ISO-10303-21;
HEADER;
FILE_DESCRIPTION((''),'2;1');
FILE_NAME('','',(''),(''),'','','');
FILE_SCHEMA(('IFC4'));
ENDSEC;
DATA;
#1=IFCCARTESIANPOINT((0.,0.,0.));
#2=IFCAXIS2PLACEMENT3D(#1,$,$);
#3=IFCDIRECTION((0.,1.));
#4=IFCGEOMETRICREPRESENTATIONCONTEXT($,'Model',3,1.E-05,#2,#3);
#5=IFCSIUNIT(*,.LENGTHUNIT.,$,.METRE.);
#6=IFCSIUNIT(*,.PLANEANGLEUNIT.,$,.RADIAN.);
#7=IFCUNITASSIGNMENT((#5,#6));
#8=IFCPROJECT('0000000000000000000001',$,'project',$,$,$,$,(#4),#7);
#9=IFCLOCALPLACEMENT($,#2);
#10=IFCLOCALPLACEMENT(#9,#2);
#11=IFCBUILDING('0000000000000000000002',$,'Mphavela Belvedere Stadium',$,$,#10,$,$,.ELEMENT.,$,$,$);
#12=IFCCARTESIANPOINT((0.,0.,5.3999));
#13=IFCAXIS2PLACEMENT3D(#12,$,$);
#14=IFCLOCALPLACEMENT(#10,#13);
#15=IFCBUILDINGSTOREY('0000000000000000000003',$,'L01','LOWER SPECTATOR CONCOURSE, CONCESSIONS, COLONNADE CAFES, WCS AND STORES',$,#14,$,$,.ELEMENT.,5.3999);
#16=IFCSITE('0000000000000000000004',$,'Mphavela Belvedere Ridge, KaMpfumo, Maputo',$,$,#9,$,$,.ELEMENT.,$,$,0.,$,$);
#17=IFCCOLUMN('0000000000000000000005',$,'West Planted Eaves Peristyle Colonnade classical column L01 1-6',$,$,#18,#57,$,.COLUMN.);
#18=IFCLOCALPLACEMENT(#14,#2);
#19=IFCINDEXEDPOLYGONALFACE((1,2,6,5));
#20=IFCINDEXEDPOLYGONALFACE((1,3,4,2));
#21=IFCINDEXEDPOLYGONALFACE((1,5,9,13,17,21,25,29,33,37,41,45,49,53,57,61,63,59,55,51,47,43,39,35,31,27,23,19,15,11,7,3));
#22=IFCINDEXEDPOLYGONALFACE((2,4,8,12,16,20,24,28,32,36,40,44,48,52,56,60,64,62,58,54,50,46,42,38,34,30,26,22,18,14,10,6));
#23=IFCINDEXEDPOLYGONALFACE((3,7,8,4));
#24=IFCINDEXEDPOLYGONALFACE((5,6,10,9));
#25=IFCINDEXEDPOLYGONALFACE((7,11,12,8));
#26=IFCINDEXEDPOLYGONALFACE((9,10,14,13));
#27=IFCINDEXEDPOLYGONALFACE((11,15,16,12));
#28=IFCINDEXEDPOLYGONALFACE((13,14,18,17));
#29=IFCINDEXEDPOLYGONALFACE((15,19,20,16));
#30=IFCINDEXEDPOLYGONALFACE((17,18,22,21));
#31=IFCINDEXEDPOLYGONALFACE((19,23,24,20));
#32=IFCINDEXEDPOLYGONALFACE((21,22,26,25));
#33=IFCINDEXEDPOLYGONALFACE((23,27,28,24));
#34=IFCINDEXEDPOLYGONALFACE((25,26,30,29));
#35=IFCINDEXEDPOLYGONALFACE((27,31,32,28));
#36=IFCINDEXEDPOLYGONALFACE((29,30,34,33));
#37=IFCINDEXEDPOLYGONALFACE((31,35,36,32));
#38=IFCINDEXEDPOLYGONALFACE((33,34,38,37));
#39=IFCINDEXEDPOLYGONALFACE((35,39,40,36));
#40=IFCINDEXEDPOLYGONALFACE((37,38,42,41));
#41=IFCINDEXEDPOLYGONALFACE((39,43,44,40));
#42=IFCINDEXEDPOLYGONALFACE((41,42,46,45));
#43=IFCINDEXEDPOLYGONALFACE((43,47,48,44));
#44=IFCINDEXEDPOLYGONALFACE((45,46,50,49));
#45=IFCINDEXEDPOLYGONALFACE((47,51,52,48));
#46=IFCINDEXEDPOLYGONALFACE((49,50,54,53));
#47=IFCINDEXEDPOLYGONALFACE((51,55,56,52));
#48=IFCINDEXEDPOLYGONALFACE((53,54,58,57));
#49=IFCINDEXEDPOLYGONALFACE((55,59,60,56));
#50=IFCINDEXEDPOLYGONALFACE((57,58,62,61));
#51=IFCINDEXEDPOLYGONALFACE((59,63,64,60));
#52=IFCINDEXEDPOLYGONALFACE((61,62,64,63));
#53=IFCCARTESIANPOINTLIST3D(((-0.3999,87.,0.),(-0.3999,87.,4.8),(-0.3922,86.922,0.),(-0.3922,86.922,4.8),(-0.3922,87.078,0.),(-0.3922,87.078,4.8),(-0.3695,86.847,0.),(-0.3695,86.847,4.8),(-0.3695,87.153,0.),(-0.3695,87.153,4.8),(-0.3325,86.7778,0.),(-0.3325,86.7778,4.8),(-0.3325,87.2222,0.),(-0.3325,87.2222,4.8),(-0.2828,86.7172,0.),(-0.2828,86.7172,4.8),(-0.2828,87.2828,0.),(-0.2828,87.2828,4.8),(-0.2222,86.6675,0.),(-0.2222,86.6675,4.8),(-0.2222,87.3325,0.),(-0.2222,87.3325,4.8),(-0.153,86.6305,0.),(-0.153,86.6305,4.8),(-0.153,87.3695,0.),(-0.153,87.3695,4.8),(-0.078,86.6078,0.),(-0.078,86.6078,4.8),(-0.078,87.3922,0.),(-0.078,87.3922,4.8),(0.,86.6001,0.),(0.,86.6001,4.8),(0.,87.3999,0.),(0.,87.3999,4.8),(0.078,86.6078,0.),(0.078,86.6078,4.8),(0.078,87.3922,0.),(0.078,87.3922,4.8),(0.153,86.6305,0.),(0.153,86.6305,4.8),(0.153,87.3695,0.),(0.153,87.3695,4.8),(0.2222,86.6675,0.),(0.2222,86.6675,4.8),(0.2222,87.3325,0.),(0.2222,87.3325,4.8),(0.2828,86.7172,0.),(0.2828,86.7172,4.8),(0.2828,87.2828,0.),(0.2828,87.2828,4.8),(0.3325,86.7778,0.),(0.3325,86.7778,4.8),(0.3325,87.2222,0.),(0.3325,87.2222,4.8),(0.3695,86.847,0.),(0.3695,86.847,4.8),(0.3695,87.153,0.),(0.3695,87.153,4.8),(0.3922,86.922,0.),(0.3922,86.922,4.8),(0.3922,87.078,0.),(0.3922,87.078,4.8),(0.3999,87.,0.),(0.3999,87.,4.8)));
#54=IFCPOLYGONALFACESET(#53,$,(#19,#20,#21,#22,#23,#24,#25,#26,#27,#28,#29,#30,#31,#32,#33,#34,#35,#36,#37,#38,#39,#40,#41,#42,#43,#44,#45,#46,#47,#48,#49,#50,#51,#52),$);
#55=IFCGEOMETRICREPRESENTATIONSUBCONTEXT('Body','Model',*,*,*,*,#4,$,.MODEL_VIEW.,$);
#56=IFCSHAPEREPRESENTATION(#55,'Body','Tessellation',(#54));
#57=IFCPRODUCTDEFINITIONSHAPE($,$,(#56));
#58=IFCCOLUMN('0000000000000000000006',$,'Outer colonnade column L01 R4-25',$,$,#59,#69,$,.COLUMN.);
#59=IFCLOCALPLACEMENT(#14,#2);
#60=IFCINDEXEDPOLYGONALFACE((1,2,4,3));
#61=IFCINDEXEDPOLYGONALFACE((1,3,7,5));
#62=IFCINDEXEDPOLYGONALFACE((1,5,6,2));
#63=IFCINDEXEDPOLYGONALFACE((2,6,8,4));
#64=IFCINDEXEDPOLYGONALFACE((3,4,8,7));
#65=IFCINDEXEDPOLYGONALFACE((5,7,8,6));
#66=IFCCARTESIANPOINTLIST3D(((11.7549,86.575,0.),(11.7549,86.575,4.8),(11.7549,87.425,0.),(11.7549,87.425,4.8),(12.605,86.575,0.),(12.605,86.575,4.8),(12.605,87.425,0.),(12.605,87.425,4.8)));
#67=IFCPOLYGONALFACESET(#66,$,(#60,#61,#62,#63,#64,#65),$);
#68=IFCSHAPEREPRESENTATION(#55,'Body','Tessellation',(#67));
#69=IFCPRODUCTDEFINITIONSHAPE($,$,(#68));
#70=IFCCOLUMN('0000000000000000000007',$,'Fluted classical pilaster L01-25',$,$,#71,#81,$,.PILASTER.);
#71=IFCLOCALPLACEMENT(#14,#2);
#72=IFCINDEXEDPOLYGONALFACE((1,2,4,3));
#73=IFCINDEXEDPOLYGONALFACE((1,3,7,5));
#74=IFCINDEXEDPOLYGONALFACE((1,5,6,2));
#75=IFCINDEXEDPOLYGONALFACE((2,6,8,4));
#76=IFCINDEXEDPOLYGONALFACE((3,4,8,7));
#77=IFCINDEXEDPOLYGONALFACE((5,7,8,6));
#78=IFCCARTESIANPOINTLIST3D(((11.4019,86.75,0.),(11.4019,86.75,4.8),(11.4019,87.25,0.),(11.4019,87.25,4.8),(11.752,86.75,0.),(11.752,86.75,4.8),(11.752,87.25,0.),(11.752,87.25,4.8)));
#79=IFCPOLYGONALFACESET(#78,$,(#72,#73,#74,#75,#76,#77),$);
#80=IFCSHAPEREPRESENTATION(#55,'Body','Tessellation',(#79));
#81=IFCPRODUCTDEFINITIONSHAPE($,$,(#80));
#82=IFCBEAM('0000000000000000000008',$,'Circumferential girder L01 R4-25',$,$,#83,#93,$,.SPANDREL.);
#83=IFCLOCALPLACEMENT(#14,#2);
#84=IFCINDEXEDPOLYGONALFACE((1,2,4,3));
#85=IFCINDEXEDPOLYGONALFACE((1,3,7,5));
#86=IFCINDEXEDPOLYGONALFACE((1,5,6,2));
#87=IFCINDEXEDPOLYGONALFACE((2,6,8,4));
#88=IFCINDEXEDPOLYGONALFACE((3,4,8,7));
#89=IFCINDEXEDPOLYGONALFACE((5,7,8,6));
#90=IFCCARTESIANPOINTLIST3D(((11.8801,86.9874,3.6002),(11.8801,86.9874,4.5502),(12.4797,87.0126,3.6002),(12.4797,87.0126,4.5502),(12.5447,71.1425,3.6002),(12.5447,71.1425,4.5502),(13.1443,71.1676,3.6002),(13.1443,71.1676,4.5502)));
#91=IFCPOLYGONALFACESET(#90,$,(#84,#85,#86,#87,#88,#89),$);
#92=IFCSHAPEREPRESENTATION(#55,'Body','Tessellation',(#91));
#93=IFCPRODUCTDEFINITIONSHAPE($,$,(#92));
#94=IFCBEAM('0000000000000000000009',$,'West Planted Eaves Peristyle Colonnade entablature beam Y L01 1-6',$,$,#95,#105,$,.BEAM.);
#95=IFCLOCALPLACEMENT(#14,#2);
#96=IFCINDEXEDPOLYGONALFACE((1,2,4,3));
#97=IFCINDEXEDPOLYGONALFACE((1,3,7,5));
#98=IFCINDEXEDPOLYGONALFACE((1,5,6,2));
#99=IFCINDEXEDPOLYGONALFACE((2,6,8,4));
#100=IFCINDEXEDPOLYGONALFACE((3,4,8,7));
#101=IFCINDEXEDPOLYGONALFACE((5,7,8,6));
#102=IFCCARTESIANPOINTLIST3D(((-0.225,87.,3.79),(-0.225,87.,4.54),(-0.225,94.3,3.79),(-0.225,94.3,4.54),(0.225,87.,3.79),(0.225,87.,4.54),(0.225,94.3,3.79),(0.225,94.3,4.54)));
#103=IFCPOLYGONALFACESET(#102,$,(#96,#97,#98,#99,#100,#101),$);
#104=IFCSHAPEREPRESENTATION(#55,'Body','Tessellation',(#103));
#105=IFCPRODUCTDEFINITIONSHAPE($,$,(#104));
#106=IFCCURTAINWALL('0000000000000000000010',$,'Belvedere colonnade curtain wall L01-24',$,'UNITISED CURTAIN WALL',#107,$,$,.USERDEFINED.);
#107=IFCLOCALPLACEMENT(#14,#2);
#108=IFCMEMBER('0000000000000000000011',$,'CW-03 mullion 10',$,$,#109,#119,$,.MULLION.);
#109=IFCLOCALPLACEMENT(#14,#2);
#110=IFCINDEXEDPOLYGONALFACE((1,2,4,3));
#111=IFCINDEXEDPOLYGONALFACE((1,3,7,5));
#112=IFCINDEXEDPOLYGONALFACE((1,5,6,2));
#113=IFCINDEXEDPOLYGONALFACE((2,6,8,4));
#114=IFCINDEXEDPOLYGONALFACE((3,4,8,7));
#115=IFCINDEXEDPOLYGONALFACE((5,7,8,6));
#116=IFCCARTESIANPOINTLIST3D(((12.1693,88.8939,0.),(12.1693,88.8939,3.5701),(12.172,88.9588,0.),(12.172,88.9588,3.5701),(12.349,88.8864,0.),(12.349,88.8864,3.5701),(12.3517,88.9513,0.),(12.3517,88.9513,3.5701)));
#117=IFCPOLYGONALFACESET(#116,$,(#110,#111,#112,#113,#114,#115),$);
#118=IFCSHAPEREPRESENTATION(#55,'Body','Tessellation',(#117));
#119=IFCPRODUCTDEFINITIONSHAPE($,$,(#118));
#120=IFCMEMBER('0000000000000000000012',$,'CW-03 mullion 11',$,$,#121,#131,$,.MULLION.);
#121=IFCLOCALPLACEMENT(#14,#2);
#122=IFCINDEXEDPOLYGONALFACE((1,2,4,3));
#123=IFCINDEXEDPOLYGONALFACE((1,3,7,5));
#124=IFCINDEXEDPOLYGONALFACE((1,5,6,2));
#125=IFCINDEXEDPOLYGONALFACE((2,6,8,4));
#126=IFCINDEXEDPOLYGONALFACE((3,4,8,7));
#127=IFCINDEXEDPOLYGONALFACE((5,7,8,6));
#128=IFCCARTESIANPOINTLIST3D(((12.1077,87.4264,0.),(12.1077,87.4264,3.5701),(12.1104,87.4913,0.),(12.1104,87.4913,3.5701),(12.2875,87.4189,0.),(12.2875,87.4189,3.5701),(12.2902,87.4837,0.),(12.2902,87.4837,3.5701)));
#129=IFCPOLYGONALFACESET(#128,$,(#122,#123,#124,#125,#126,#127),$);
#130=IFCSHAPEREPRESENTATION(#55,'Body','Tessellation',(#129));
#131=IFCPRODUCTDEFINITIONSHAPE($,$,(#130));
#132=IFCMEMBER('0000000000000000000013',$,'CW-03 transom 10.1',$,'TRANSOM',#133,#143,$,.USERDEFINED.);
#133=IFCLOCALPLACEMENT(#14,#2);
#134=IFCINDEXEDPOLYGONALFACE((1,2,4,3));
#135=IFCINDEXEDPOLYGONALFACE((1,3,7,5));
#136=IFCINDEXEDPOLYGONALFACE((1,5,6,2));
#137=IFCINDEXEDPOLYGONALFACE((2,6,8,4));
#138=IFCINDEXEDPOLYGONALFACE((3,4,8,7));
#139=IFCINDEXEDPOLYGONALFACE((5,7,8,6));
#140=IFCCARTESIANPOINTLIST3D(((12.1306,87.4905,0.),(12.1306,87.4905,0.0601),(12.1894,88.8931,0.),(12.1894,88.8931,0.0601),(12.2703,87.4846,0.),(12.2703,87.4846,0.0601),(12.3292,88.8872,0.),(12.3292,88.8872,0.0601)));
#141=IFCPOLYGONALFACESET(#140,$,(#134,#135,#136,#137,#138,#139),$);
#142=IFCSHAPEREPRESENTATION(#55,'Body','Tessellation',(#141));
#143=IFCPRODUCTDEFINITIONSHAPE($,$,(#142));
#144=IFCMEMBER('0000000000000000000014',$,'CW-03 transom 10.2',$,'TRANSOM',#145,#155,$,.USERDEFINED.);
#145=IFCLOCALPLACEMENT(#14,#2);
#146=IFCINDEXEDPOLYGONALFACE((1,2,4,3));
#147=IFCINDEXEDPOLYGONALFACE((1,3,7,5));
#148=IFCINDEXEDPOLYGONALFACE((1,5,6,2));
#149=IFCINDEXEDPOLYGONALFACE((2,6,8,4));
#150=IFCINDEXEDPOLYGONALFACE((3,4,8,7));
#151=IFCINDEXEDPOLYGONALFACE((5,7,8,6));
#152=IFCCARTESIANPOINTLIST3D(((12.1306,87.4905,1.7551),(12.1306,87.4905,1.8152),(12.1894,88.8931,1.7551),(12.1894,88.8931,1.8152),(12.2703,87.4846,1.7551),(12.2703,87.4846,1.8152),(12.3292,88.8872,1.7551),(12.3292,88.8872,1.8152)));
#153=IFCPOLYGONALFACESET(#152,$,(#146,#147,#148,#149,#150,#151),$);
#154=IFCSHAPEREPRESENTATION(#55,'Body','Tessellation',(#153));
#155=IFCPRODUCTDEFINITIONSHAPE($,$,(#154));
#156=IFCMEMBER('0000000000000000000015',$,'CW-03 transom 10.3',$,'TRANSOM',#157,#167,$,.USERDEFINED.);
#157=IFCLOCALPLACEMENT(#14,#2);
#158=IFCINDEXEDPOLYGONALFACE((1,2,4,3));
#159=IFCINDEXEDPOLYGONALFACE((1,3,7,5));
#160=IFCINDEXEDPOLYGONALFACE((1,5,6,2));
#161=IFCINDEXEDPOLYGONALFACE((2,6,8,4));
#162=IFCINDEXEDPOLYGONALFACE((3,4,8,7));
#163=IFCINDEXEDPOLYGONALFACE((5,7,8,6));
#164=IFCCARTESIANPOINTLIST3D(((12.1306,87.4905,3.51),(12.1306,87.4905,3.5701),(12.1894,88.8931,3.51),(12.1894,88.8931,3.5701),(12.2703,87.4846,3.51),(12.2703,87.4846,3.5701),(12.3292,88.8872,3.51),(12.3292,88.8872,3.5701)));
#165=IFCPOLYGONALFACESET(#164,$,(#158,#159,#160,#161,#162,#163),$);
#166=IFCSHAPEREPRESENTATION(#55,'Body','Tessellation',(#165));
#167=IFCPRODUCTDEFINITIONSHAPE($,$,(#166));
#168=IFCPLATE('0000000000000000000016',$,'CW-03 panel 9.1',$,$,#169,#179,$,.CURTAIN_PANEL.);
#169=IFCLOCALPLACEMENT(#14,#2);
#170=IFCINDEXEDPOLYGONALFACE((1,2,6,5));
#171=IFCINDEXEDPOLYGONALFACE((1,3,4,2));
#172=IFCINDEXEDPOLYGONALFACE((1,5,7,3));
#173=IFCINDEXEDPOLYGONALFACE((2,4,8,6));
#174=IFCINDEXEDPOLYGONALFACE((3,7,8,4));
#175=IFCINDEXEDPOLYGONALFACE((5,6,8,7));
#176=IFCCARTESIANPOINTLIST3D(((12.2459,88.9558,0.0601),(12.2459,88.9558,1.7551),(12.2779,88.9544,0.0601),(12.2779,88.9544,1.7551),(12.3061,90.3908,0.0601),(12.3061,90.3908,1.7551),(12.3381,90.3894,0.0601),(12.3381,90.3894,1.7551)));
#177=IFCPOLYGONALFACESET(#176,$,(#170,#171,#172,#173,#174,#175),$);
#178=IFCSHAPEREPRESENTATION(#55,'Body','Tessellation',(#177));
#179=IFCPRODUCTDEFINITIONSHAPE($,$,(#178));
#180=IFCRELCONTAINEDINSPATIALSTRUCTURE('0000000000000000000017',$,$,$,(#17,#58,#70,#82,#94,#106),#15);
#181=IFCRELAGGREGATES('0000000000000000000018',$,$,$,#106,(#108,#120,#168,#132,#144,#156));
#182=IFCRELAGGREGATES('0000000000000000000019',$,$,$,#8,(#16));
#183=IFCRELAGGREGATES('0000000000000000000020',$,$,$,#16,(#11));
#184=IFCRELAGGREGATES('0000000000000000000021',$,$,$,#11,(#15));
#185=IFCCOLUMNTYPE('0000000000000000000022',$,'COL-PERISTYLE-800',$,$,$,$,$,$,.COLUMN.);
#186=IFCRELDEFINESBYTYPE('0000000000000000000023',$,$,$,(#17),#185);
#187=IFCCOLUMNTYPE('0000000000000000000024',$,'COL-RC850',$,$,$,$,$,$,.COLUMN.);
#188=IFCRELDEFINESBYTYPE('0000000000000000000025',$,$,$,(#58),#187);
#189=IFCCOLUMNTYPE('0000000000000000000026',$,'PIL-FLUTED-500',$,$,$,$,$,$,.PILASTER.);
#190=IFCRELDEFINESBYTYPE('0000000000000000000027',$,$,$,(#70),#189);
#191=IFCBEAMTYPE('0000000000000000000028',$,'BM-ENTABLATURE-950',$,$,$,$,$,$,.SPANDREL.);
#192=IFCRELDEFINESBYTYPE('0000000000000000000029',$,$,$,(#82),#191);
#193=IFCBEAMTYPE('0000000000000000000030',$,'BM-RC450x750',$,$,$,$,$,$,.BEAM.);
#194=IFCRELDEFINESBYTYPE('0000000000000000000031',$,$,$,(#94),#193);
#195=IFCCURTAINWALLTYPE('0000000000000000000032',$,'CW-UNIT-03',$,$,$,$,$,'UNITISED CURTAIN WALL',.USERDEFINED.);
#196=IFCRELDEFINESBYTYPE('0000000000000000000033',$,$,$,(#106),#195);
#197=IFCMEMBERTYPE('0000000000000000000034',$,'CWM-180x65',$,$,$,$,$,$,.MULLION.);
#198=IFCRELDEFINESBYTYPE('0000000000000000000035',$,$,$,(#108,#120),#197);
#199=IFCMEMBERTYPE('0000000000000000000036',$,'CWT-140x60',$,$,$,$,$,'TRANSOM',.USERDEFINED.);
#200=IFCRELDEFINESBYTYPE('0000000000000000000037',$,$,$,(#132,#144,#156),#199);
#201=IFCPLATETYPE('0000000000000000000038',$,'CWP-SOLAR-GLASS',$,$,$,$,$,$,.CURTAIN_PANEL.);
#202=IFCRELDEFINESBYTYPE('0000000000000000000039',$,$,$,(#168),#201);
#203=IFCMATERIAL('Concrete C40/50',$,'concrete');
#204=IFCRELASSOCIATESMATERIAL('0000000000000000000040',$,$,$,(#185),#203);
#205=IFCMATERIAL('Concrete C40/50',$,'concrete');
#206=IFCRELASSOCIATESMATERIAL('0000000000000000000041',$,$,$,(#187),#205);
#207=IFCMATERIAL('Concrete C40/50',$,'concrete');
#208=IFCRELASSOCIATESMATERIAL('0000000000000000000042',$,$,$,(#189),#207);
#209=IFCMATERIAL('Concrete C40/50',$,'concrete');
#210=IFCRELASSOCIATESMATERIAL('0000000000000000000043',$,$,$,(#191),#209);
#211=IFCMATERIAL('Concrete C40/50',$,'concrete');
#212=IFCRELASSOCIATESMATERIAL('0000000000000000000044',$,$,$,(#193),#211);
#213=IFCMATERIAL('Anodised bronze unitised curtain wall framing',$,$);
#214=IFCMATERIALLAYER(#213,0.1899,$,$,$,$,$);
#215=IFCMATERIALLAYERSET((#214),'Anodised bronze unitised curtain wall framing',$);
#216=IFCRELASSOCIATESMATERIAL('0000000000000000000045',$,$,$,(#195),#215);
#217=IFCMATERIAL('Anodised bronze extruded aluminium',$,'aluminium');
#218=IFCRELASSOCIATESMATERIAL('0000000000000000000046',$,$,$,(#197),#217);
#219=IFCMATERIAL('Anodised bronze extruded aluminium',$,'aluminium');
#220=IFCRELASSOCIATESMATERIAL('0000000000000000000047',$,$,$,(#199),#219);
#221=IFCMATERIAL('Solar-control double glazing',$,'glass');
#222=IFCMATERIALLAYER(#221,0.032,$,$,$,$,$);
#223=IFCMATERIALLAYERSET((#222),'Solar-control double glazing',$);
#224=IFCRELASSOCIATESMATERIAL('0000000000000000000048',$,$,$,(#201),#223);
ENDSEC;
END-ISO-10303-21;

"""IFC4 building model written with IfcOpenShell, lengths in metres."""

from ifc_helpers import new_model, si_unit, direction, frame, origin, origin_2d, place, context, subcontext, project, spatial, rectangle, circle, extrude, material, layer, layer_set, material_profile, profile_set, type_object, element, aggregate, save


model = new_model("IFC4")

# Units and contexts
model_context = context("Model", 3, precision=1e-05, world=origin(), true_north=direction((0.0, 1.0)))
body_context = subcontext(model_context, "Body", "Model", "MODEL_VIEW")
ifc_project = project(units=[si_unit("LENGTHUNIT", "METRE"), si_unit("PLANEANGLEUNIT", "RADIAN")], contexts=[model_context])

# Site, building, storey
site_placement = place(None, origin())
site = spatial("IfcSite", under=ifc_project, at=site_placement, Name="Mphavela Belvedere Ridge, KaMpfumo, Maputo", CompositionType="ELEMENT", RefElevation=0.0)
building_placement = place(site_placement, origin())
building = spatial("IfcBuilding", under=site, at=building_placement, Name="Mphavela Belvedere Stadium", CompositionType="ELEMENT")
storey_placement = place(building_placement, frame((0.0, 0.0, 5.3999)))
storey = spatial("IfcBuildingStorey", under=building, at=storey_placement, Name="L01", Description="LOWER SPECTATOR CONCOURSE, CONCESSIONS, COLONNADE CAFES, WCS AND STORES", CompositionType="ELEMENT", Elevation=5.3999)

# Columns
ifc_material_1 = material(Name="Concrete C40/50", Category="concrete")
ifc_material_profile_1 = material_profile(ifc_material_1, circle(Radius=0.3999, at=origin_2d()), Name="COL D800")
ifc_profile_set_1 = profile_set([ifc_material_profile_1], Name="Concrete C40/50")
column_type_1 = type_object("IfcColumnType", Name="COL-PERISTYLE-800", PredefinedType="COLUMN", material=ifc_profile_set_1)
column_1_placement = place(storey_placement, frame((0.0, 87.0, 0.0), z_axis=(0.0, 0.0, 1.0), x_axis=(1.0, 0.0, 0.0)))
element("IfcColumn", 1, at=column_1_placement, inside=storey, type_object=column_type_1, Name="West Planted Eaves Peristyle Colonnade classical column L01 1-6", PredefinedType="COLUMN", context=body_context, shape_type="SweptSolid", body=[
    extrude(circle(Radius=0.3999, at=origin_2d()), origin(), (0.0, 0.0, 1.0), 4.8),
])
ifc_material_2 = material(Name="Concrete C40/50", Category="concrete")
ifc_material_profile_2 = material_profile(ifc_material_2, rectangle(XDim=0.8501, YDim=0.8501, at=origin_2d()), Name="RC 850x850")
ifc_profile_set_2 = profile_set([ifc_material_profile_2], Name="Concrete C40/50")
column_type_2 = type_object("IfcColumnType", Name="COL-RC850", PredefinedType="COLUMN", material=ifc_profile_set_2)
column_2_placement = place(storey_placement, frame((12.1799, 87.0, 0.0), z_axis=(0.0, 0.0, 1.0), x_axis=(-1.0, 0.0, 0.0)))
element("IfcColumn", 2, at=column_2_placement, inside=storey, type_object=column_type_2, Name="Outer colonnade column L01 R4-25", PredefinedType="COLUMN", context=body_context, shape_type="SweptSolid", body=[
    extrude(rectangle(XDim=0.8501, YDim=0.8501, at=origin_2d()), origin(), (0.0, 0.0, 1.0), 4.8),
])
ifc_material_3 = material(Name="Concrete C40/50", Category="concrete")
ifc_material_profile_3 = material_profile(ifc_material_3, rectangle(XDim=0.5, YDim=0.3501, at=origin_2d()), Name="PIL 500x350")
ifc_profile_set_3 = profile_set([ifc_material_profile_3], Name="Concrete C40/50")
column_type_3 = type_object("IfcColumnType", Name="PIL-FLUTED-500", PredefinedType="PILASTER", material=ifc_profile_set_3)
column_3_placement = place(storey_placement, frame((11.5769, 87.0, 0.0), z_axis=(0.0, 0.0, 1.0), x_axis=(0.0, -1.0, 0.0)))
element("IfcColumn", 3, at=column_3_placement, inside=storey, type_object=column_type_3, Name="Fluted classical pilaster L01-25", PredefinedType="PILASTER", context=body_context, shape_type="SweptSolid", body=[
    extrude(rectangle(XDim=0.5, YDim=0.3501, at=origin_2d()), origin(), (0.0, 0.0, 1.0), 4.8),
])

# Beams
ifc_material_4 = material(Name="Concrete C40/50", Category="concrete")
ifc_material_profile_4 = material_profile(ifc_material_4, rectangle(XDim=0.6001, YDim=0.95, at=origin_2d()), Name="RC 600x950")
ifc_profile_set_4 = profile_set([ifc_material_profile_4], Name="Concrete C40/50")
beam_type_1 = type_object("IfcBeamType", Name="BM-ENTABLATURE-950", PredefinedType="SPANDREL", material=ifc_profile_set_4)
beam_1_placement = place(storey_placement, frame((12.1799, 87.0, 4.0752), z_axis=(0.041904, -0.999122, 0.0), x_axis=(0.999122, 0.041904, 0.0)))
element("IfcBeam", 4, at=beam_1_placement, inside=storey, type_object=beam_type_1, Name="Circumferential girder L01 R4-25", PredefinedType="SPANDREL", context=body_context, shape_type="SweptSolid", body=[
    extrude(rectangle(XDim=0.6001, YDim=0.95, at=origin_2d()), origin(), (0.0, 0.0, 1.0), 15.8589),
])
ifc_material_5 = material(Name="Concrete C40/50", Category="concrete")
ifc_material_profile_5 = material_profile(ifc_material_5, rectangle(XDim=0.45, YDim=0.75, at=origin_2d()), Name="RC 450x750")
ifc_profile_set_5 = profile_set([ifc_material_profile_5], Name="Concrete C40/50")
beam_type_2 = type_object("IfcBeamType", Name="BM-RC450x750", PredefinedType="BEAM", material=ifc_profile_set_5)
beam_2_placement = place(storey_placement, frame((0.0, 87.0, 4.165), z_axis=(0.0, 1.0, 0.0), x_axis=(-1.0, 0.0, 0.0)))
element("IfcBeam", 5, at=beam_2_placement, inside=storey, type_object=beam_type_2, Name="West Planted Eaves Peristyle Colonnade entablature beam Y L01 1-6", PredefinedType="BEAM", context=body_context, shape_type="SweptSolid", body=[
    extrude(rectangle(XDim=0.45, YDim=0.75, at=origin_2d()), origin(), (0.0, 0.0, 1.0), 7.3),
])

# Curtain wall, members, plate
ifc_material_6 = material(Name="Anodised bronze unitised curtain wall framing")
ifc_layer_1 = layer(ifc_material_6, 0.1899)
ifc_layer_set_1 = layer_set([ifc_layer_1], Name="Anodised bronze unitised curtain wall framing")
curtain_wall_type = type_object("IfcCurtainWallType", Name="CW-UNIT-03", ElementType="UNITISED CURTAIN WALL", PredefinedType="USERDEFINED", material=ifc_layer_set_1)
curtain_wall_placement = place(storey_placement, origin())
curtain_wall = element("IfcCurtainWall", 6, at=curtain_wall_placement, inside=storey, type_object=curtain_wall_type, Name="Belvedere colonnade curtain wall L01-24", ObjectType="UNITISED CURTAIN WALL", PredefinedType="USERDEFINED")
ifc_material_7 = material(Name="Anodised bronze extruded aluminium", Category="aluminium")
ifc_material_profile_6 = material_profile(ifc_material_7, rectangle(XDim=0.1799, YDim=0.0649, at=origin_2d()), Name="CW-MUL 180x65")
ifc_profile_set_6 = profile_set([ifc_material_profile_6], Name="Anodised bronze extruded aluminium")
member_type_1 = type_object("IfcMemberType", Name="CWM-180x65", PredefinedType="MULLION", material=ifc_profile_set_6)
member_1_placement = place(storey_placement, frame((12.2605, 88.9226, 0.0), z_axis=(0.0, 0.0, 1.0), x_axis=(0.999121, -0.04191, 0.0)))
member_1 = element("IfcMember", 7, at=member_1_placement, type_object=member_type_1, Name="CW-03 mullion 10", PredefinedType="MULLION", context=body_context, shape_type="SweptSolid", body=[
    extrude(rectangle(XDim=0.1799, YDim=0.0649, at=origin_2d()), origin(), (0.0, 0.0, 1.0), 3.5701),
])
member_2_placement = place(storey_placement, frame((12.199, 87.4551, 0.0), z_axis=(0.0, 0.0, 1.0), x_axis=(0.999121, -0.04191, 0.0)))
member_2 = element("IfcMember", 8, at=member_2_placement, type_object=member_type_1, Name="CW-03 mullion 11", PredefinedType="MULLION", context=body_context, shape_type="SweptSolid", body=[
    extrude(rectangle(XDim=0.1799, YDim=0.0649, at=origin_2d()), origin(), (0.0, 0.0, 1.0), 3.5701),
])
ifc_material_8 = material(Name="Anodised bronze extruded aluminium", Category="aluminium")
ifc_material_profile_7 = material_profile(ifc_material_8, rectangle(XDim=0.1399, YDim=0.0601, at=origin_2d()), Name="CW-TRN 140x60")
ifc_profile_set_7 = profile_set([ifc_material_profile_7], Name="Anodised bronze extruded aluminium")
member_type_2 = type_object("IfcMemberType", Name="CWT-140x60", ElementType="TRANSOM", PredefinedType="USERDEFINED", material=ifc_profile_set_7)
member_3_placement = place(storey_placement, frame((12.2593, 88.8901, 0.03), z_axis=(-0.041913, -0.999121, 0.0), x_axis=(0.999121, -0.041913, 0.0)))
member_3 = element("IfcMember", 9, at=member_3_placement, type_object=member_type_2, Name="CW-03 transom 10.1", ObjectType="TRANSOM", PredefinedType="USERDEFINED", context=body_context, shape_type="SweptSolid", body=[
    extrude(rectangle(XDim=0.1399, YDim=0.0601, at=origin_2d()), origin(), (0.0, 0.0, 1.0), 1.4038),
])
member_4_placement = place(storey_placement, frame((12.2593, 88.8901, 1.7852), z_axis=(-0.041913, -0.999121, 0.0), x_axis=(0.999121, -0.041913, 0.0)))
member_4 = element("IfcMember", 10, at=member_4_placement, type_object=member_type_2, Name="CW-03 transom 10.2", ObjectType="TRANSOM", PredefinedType="USERDEFINED", context=body_context, shape_type="SweptSolid", body=[
    extrude(rectangle(XDim=0.1399, YDim=0.0601, at=origin_2d()), origin(), (0.0, 0.0, 1.0), 1.4038),
])
member_5_placement = place(storey_placement, frame((12.2593, 88.8901, 3.54), z_axis=(-0.041913, -0.999121, 0.0), x_axis=(0.999121, -0.041913, 0.0)))
member_5 = element("IfcMember", 11, at=member_5_placement, type_object=member_type_2, Name="CW-03 transom 10.3", ObjectType="TRANSOM", PredefinedType="USERDEFINED", context=body_context, shape_type="SweptSolid", body=[
    extrude(rectangle(XDim=0.1399, YDim=0.0601, at=origin_2d()), origin(), (0.0, 0.0, 1.0), 1.4038),
])
ifc_material_9 = material(Name="Solar-control double glazing", Category="glass")
ifc_layer_2 = layer(ifc_material_9, 0.032)
ifc_layer_set_2 = layer_set([ifc_layer_2], Name="Solar-control double glazing")
plate_type = type_object("IfcPlateType", Name="CWP-SOLAR-GLASS", PredefinedType="CURTAIN_PANEL", material=ifc_layer_set_2)
plate_1_placement = place(storey_placement, frame((12.292, 89.6726, 0.0601), z_axis=(0.0, 0.0, 1.0), x_axis=(-0.04191, -0.999121, 0.0)))
plate_1 = element("IfcPlate", 12, at=plate_1_placement, type_object=plate_type, Name="CW-03 panel 9.1", PredefinedType="CURTAIN_PANEL", context=body_context, shape_type="SweptSolid", body=[
    extrude(rectangle(XDim=1.4363, YDim=0.032, at=origin_2d()), origin(), (0.0, 0.0, 1.0), 1.6951),
])
aggregate(curtain_wall, [member_1, member_2, plate_1, member_3, member_4, member_5])

save(model, "model.ifc")
